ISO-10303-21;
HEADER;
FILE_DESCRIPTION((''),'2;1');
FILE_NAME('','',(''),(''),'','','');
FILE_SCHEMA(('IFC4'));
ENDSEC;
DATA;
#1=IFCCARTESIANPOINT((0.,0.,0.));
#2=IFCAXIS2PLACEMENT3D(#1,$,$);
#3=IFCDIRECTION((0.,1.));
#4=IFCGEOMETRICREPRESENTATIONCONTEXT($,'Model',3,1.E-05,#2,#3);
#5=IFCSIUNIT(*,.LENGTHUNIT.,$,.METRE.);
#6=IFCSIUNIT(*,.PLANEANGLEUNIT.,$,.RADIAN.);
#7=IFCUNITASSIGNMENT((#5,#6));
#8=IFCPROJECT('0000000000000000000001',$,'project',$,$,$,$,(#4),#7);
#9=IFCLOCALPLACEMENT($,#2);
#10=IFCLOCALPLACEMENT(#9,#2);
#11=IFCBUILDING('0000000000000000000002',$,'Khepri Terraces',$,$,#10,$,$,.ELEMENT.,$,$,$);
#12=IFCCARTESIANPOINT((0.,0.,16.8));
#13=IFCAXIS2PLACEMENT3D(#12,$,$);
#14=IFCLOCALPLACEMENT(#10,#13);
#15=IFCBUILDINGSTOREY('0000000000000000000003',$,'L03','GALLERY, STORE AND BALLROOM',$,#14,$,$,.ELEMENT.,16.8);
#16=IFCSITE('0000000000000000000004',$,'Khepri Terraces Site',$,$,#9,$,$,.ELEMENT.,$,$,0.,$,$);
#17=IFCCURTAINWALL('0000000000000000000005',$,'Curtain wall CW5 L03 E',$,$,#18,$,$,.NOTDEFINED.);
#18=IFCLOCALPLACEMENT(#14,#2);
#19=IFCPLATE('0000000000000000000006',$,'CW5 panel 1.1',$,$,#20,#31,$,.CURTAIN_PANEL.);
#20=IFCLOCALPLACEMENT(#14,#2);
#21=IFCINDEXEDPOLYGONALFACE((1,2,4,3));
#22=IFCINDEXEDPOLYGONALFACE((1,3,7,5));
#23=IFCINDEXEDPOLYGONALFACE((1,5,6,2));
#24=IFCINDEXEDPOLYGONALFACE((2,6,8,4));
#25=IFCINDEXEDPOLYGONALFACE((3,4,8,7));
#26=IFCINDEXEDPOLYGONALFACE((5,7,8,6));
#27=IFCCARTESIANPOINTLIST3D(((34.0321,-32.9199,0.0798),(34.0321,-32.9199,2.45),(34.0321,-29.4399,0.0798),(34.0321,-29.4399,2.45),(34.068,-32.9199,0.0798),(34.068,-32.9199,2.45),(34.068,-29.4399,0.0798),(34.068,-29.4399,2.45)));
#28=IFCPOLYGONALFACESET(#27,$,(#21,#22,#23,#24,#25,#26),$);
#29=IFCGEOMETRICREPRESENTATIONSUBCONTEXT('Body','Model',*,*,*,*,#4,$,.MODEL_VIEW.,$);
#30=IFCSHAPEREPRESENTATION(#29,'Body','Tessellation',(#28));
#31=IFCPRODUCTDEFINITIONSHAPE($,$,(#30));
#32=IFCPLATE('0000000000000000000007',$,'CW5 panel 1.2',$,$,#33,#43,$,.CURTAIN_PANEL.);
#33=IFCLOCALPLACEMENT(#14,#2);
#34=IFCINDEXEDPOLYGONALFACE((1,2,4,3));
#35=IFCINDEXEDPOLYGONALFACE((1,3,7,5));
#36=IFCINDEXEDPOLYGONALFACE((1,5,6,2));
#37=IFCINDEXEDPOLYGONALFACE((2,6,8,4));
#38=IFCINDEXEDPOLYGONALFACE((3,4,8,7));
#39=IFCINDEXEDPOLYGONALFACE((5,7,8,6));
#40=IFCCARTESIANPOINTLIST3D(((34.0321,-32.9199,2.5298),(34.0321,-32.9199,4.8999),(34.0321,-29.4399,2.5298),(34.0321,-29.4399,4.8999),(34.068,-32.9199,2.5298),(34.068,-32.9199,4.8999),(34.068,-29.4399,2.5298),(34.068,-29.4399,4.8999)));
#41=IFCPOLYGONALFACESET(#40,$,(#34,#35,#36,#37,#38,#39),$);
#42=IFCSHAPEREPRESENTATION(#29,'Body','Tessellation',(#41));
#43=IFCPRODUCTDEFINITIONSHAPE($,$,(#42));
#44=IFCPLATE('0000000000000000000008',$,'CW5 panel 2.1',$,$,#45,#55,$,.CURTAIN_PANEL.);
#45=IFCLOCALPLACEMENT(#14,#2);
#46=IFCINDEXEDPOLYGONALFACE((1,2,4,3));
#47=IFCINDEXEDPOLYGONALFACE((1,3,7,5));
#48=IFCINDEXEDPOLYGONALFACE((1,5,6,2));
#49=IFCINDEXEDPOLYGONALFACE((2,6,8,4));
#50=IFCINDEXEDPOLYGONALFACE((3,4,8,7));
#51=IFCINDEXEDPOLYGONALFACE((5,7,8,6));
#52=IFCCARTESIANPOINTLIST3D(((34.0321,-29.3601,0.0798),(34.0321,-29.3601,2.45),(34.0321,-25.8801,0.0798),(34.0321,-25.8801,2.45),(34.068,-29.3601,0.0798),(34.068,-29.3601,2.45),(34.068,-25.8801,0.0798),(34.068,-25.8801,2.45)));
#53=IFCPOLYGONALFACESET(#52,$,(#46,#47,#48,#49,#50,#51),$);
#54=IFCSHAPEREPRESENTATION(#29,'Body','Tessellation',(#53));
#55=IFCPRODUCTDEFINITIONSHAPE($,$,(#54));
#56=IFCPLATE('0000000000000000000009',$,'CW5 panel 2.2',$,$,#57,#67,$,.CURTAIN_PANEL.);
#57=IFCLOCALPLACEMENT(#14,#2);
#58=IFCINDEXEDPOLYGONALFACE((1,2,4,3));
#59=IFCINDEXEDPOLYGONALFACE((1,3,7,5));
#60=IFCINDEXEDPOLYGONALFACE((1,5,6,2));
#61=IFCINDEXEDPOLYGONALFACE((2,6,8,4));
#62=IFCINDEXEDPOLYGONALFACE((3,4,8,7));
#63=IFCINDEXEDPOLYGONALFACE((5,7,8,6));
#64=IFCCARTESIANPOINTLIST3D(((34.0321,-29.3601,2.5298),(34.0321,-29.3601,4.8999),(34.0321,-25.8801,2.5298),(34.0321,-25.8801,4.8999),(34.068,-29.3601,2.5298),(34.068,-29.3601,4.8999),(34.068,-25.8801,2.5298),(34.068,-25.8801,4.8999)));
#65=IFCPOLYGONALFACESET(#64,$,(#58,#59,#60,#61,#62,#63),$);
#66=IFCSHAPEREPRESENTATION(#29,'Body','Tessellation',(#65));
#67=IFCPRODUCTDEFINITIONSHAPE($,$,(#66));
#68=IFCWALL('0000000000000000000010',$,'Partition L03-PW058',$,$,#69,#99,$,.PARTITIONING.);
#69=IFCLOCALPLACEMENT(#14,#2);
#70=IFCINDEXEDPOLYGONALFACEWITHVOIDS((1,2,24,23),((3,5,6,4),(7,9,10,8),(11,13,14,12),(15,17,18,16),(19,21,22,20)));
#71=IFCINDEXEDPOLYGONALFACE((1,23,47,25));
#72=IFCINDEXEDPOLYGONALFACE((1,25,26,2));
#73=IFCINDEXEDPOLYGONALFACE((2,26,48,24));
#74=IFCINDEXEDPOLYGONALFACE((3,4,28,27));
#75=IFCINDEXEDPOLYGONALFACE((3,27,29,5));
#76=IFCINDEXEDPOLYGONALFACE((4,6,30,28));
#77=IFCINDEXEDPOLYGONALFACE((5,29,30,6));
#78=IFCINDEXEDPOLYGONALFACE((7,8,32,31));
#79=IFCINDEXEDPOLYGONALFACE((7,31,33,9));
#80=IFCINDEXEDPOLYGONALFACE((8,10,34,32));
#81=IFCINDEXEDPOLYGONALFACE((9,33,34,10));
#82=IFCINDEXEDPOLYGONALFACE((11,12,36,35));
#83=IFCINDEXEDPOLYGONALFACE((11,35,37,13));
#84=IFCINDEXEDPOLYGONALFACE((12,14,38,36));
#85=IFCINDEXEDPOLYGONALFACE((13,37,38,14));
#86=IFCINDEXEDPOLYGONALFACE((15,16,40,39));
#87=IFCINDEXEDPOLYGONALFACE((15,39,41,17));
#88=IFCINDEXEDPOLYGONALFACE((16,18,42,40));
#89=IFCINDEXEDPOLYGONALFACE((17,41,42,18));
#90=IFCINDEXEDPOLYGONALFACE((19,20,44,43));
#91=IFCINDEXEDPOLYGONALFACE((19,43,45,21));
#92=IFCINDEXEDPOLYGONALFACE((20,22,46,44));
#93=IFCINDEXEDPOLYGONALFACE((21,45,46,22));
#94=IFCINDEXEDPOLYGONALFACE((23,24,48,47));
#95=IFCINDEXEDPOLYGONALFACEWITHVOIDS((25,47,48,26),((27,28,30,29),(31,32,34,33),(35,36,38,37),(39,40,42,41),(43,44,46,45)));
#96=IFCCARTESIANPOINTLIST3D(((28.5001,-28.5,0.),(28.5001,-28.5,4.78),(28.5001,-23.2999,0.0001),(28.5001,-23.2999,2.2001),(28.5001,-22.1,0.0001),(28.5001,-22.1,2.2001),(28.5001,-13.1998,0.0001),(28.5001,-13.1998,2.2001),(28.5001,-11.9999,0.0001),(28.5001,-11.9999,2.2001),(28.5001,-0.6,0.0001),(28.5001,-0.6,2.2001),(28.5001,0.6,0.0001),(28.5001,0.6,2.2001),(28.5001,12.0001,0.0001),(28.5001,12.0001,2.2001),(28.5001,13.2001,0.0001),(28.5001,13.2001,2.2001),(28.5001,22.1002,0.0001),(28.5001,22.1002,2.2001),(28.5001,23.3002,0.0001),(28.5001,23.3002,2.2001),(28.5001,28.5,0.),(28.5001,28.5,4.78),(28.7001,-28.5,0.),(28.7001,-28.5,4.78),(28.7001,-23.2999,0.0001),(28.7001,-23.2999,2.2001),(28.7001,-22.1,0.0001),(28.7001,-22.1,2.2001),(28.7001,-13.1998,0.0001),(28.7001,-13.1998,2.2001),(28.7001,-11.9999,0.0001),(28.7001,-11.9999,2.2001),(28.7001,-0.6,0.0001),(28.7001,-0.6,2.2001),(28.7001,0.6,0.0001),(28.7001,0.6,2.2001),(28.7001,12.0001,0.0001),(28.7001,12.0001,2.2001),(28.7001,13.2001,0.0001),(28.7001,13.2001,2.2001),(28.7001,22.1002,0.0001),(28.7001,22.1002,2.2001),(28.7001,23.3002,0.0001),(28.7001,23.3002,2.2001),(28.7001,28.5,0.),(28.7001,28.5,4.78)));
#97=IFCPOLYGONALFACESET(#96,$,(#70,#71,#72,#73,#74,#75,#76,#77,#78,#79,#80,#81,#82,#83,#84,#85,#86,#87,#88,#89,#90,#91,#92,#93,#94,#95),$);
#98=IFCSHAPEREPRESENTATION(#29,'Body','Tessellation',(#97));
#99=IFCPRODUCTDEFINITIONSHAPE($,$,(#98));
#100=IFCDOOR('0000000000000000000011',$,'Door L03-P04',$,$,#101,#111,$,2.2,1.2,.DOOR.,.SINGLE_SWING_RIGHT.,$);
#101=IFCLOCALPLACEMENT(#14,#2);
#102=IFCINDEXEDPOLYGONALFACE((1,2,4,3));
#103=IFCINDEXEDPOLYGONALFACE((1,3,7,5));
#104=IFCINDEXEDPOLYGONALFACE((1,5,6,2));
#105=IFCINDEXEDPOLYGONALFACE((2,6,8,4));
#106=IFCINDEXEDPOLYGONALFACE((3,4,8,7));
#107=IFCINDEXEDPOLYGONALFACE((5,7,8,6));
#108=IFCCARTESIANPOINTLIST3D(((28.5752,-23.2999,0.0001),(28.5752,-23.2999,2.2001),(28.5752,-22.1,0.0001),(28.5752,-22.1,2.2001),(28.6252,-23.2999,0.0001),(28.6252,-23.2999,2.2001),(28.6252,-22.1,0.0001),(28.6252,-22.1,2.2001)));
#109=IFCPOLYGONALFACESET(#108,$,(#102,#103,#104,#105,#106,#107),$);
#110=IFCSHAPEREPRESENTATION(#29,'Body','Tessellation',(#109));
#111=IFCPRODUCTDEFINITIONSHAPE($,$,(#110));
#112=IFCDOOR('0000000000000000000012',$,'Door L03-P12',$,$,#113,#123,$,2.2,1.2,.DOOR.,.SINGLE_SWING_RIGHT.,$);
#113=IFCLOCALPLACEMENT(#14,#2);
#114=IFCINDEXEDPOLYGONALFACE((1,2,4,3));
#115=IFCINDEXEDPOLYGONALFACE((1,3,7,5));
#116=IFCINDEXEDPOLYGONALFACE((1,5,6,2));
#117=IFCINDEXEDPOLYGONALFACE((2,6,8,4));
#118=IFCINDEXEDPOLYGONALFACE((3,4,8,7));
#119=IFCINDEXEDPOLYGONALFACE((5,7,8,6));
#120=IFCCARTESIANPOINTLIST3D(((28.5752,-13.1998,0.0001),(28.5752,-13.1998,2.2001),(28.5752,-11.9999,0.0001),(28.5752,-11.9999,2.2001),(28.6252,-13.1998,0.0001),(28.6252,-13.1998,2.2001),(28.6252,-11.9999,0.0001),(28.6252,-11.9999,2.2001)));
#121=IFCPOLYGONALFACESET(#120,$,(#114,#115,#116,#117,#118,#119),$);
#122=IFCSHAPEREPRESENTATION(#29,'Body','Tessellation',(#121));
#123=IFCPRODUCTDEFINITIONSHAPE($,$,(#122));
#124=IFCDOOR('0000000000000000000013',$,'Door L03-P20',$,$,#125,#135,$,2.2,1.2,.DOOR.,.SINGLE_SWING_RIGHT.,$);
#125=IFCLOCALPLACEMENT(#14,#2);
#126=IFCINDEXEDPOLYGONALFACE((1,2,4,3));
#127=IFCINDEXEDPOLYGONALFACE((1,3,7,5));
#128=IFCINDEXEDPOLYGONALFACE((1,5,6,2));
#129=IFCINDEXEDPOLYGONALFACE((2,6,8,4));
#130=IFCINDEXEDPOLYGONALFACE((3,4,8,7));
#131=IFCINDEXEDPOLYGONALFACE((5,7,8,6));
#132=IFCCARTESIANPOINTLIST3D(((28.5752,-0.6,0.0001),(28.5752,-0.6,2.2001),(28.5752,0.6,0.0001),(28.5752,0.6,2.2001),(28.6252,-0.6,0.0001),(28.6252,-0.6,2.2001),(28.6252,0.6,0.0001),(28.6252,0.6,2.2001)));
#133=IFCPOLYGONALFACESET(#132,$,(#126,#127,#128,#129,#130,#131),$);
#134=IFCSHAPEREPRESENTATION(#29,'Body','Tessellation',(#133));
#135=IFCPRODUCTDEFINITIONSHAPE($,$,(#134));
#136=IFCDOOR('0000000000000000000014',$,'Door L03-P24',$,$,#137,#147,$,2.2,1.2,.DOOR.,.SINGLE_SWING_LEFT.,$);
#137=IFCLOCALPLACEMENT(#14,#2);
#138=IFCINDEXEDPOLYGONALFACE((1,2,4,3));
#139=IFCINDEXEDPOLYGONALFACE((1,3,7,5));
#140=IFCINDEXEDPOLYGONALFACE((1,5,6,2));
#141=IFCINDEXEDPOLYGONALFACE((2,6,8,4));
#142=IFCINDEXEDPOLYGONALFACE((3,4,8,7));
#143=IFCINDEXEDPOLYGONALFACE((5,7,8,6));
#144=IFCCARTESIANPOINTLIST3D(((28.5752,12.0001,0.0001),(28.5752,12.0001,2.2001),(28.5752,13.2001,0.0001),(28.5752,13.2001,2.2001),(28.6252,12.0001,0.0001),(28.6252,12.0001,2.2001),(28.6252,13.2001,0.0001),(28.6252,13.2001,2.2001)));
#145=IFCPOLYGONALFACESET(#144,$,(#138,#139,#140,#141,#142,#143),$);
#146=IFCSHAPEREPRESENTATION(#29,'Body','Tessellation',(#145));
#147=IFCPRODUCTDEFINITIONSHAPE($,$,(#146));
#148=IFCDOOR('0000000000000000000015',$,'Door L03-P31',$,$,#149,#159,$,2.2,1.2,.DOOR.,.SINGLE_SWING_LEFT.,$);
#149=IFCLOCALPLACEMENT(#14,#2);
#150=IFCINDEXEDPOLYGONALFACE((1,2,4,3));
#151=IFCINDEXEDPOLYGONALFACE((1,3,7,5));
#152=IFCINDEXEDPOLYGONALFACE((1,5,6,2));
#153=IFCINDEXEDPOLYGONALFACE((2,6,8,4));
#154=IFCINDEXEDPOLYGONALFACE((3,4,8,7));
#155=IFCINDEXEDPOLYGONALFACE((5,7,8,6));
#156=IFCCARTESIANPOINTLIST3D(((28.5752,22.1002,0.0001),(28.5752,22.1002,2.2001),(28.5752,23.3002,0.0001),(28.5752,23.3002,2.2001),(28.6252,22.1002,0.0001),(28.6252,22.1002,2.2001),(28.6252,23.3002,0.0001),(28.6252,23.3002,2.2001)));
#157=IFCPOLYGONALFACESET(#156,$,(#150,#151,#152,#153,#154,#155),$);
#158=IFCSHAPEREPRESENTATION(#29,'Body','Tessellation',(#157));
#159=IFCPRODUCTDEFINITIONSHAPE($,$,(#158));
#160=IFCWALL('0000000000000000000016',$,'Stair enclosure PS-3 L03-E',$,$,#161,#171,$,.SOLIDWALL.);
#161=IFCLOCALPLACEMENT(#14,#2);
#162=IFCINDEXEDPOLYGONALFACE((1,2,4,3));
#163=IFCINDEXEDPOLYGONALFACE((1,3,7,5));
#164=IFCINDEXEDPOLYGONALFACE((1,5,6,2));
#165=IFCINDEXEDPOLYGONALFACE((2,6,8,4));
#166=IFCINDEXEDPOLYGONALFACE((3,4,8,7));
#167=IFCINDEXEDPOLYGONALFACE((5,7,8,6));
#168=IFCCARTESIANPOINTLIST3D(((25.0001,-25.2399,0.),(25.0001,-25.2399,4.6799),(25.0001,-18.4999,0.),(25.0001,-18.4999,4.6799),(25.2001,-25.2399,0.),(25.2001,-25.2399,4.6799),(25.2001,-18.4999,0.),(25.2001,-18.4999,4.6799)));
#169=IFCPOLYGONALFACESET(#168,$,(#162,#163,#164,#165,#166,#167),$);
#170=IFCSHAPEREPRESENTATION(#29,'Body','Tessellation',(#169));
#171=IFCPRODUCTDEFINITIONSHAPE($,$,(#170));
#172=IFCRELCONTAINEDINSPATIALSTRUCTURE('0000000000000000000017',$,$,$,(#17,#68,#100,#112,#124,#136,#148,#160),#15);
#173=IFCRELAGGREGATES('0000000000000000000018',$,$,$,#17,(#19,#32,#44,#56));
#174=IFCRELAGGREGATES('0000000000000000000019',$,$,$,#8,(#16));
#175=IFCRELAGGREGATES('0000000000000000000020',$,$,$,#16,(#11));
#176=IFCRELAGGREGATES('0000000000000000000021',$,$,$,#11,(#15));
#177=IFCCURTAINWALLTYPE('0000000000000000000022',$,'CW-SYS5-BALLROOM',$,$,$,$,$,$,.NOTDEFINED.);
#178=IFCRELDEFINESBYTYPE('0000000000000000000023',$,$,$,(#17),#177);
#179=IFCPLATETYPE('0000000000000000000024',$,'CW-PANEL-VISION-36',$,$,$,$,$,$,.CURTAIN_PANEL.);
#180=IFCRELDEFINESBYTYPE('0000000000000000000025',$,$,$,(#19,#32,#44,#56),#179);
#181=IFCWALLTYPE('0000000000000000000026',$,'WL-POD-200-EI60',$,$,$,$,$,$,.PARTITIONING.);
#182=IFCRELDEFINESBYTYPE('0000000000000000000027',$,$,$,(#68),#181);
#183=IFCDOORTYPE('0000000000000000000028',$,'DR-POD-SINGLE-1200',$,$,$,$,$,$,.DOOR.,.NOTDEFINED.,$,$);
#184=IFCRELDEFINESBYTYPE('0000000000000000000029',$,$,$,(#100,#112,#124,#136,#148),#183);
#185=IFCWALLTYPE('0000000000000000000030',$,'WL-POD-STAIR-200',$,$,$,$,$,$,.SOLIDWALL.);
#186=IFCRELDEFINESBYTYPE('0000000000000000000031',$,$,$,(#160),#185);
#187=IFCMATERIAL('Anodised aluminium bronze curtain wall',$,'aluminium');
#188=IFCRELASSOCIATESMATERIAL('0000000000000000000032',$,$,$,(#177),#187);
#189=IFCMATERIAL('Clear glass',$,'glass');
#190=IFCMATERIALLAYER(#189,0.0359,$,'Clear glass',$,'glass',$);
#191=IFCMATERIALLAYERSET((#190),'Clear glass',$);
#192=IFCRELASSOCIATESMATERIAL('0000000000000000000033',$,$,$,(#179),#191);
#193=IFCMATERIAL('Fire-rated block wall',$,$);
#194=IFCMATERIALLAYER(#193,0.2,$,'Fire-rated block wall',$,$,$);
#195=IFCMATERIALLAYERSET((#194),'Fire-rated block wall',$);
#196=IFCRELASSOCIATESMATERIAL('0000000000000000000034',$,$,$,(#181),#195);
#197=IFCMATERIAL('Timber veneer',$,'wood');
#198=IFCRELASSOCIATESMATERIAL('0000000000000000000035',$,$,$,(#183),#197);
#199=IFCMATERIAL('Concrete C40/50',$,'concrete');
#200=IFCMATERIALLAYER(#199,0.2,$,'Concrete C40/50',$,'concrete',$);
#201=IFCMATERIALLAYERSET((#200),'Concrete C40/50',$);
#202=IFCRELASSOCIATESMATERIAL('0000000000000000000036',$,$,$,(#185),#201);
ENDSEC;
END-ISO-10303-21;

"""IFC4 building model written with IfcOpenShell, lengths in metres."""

from ifc_helpers import new_model, si_unit, direction, frame, frame_2d, origin, origin_2d, place, context, subcontext, project, spatial, rectangle, extrude, material, layer, layer_set, type_object, element, fill, aggregate, save


model = new_model("IFC4")

# Units and contexts
model_context = context("Model", 3, precision=1e-05, world=origin(), true_north=direction((0.0, 1.0)))
body_context = subcontext(model_context, "Body", "Model", "MODEL_VIEW")
ifc_project = project(units=[si_unit("LENGTHUNIT", "METRE"), si_unit("PLANEANGLEUNIT", "RADIAN")], contexts=[model_context])

# Site, building, storey
site_placement = place(None, origin())
site = spatial("IfcSite", under=ifc_project, at=site_placement, Name="Khepri Terraces Site", CompositionType="ELEMENT", RefElevation=0.0)
building_placement = place(site_placement, origin())
building = spatial("IfcBuilding", under=site, at=building_placement, Name="Khepri Terraces", CompositionType="ELEMENT")
storey_placement = place(building_placement, frame((0.0, 0.0, 16.8)))
storey = spatial("IfcBuildingStorey", under=building, at=storey_placement, Name="L03", Description="GALLERY, STORE AND BALLROOM", CompositionType="ELEMENT", Elevation=16.8)

# Curtain wall
ifc_material_1 = material(Name="Anodised aluminium bronze curtain wall", Category="aluminium")
curtain_wall_type = type_object("IfcCurtainWallType", Name="CW-SYS5-BALLROOM", PredefinedType="NOTDEFINED", material=ifc_material_1)
curtain_wall_placement = place(storey_placement, origin())
curtain_wall = element("IfcCurtainWall", 1, at=curtain_wall_placement, inside=storey, type_object=curtain_wall_type, Name="Curtain wall CW5 L03 E", PredefinedType="NOTDEFINED")

# Plates
ifc_material_2 = material(Name="Clear glass", Category="glass")
ifc_layer_1 = layer(ifc_material_2, 0.0359, Name="Clear glass", Category="glass")
ifc_layer_set_1 = layer_set([ifc_layer_1], Name="Clear glass")
plate_type = type_object("IfcPlateType", Name="CW-PANEL-VISION-36", PredefinedType="CURTAIN_PANEL", material=ifc_layer_set_1)
plate_1_placement = place(storey_placement, frame((34.05, -31.1799, 0.0798), z_axis=(0.0, 0.0, 1.0), x_axis=(0.0, 1.0, 0.0)))
plate_1 = element("IfcPlate", 2, at=plate_1_placement, type_object=plate_type, Name="CW5 panel 1.1", PredefinedType="CURTAIN_PANEL", context=body_context, shape_type="SweptSolid", body=[
    extrude(rectangle(XDim=3.48, YDim=0.0359, at=origin_2d()), origin(), (0.0, 0.0, 1.0), 2.3701),
])
plate_2_placement = place(storey_placement, frame((34.05, -31.1799, 2.5298), z_axis=(0.0, 0.0, 1.0), x_axis=(0.0, 1.0, 0.0)))
plate_2 = element("IfcPlate", 3, at=plate_2_placement, type_object=plate_type, Name="CW5 panel 1.2", PredefinedType="CURTAIN_PANEL", context=body_context, shape_type="SweptSolid", body=[
    extrude(rectangle(XDim=3.48, YDim=0.0359, at=origin_2d()), origin(), (0.0, 0.0, 1.0), 2.3701),
])
plate_3_placement = place(storey_placement, frame((34.05, -27.6201, 0.0798), z_axis=(0.0, 0.0, 1.0), x_axis=(0.0, 1.0, 0.0)))
plate_3 = element("IfcPlate", 4, at=plate_3_placement, type_object=plate_type, Name="CW5 panel 2.1", PredefinedType="CURTAIN_PANEL", context=body_context, shape_type="SweptSolid", body=[
    extrude(rectangle(XDim=3.48, YDim=0.0359, at=origin_2d()), origin(), (0.0, 0.0, 1.0), 2.3701),
])
plate_4_placement = place(storey_placement, frame((34.05, -27.6201, 2.5298), z_axis=(0.0, 0.0, 1.0), x_axis=(0.0, 1.0, 0.0)))
plate_4 = element("IfcPlate", 5, at=plate_4_placement, type_object=plate_type, Name="CW5 panel 2.2", PredefinedType="CURTAIN_PANEL", context=body_context, shape_type="SweptSolid", body=[
    extrude(rectangle(XDim=3.48, YDim=0.0359, at=origin_2d()), origin(), (0.0, 0.0, 1.0), 2.3701),
])
aggregate(curtain_wall, [plate_1, plate_2, plate_3, plate_4])

# Wall, openings, doors
ifc_material_3 = material(Name="Fire-rated block wall")
ifc_layer_2 = layer(ifc_material_3, 0.2, Name="Fire-rated block wall")
ifc_layer_set_2 = layer_set([ifc_layer_2], Name="Fire-rated block wall")
wall_type_1 = type_object("IfcWallType", Name="WL-POD-200-EI60", PredefinedType="PARTITIONING", material=ifc_layer_set_2)
wall_1_placement = place(storey_placement, frame((28.6001, -28.5, 0.0), z_axis=(0.0, 0.0, 1.0), x_axis=(0.0, 1.0, 0.0)))
wall_1 = element("IfcWall", 6, at=wall_1_placement, inside=storey, type_object=wall_type_1, Name="Partition L03-PW058", PredefinedType="PARTITIONING", context=body_context, shape_type="SweptSolid", body=[
    extrude(rectangle(XDim=57.0, YDim=0.2, at=frame_2d((28.5, 0.0))), origin(), (0.0, 0.0, 1.0), 4.78),
])
opening_1_placement = place(wall_1_placement, frame((5.2, 0.0, 0.0)))
opening_1 = element("IfcOpeningElement", 7, at=opening_1_placement, cuts=wall_1, PredefinedType="OPENING", context=body_context, shape_type="SweptSolid", body=[
    extrude(rectangle(XDim=1.2, YDim=2.2, at=frame_2d((0.6001, 1.1001))), frame((0.0, 0.1099, 0.0), z_axis=(0.0, -1.0, 0.0), x_axis=(1.0, 0.0, 0.0)), (0.0, 0.0, 1.0), 0.22),
])
opening_2_placement = place(wall_1_placement, frame((15.3, 0.0, 0.0)))
opening_2 = element("IfcOpeningElement", 8, at=opening_2_placement, cuts=wall_1, PredefinedType="OPENING", context=body_context, shape_type="SweptSolid", body=[
    extrude(rectangle(XDim=1.2, YDim=2.2, at=frame_2d((0.6001, 1.1001))), frame((0.0, 0.1099, 0.0), z_axis=(0.0, -1.0, 0.0), x_axis=(1.0, 0.0, 0.0)), (0.0, 0.0, 1.0), 0.22),
])
opening_3_placement = place(wall_1_placement, frame((27.8999, 0.0, 0.0)))
opening_3 = element("IfcOpeningElement", 9, at=opening_3_placement, cuts=wall_1, PredefinedType="OPENING", context=body_context, shape_type="SweptSolid", body=[
    extrude(rectangle(XDim=1.2, YDim=2.2, at=frame_2d((0.6001, 1.1001))), frame((0.0, 0.1099, 0.0), z_axis=(0.0, -1.0, 0.0), x_axis=(1.0, 0.0, 0.0)), (0.0, 0.0, 1.0), 0.22),
])
opening_4_placement = place(wall_1_placement, frame((40.5, 0.0, 0.0)))
opening_4 = element("IfcOpeningElement", 10, at=opening_4_placement, cuts=wall_1, PredefinedType="OPENING", context=body_context, shape_type="SweptSolid", body=[
    extrude(rectangle(XDim=1.2, YDim=2.2, at=frame_2d((0.6001, 1.1001))), frame((0.0, 0.1099, 0.0), z_axis=(0.0, -1.0, 0.0), x_axis=(1.0, 0.0, 0.0)), (0.0, 0.0, 1.0), 0.22),
])
opening_5_placement = place(wall_1_placement, frame((50.6001, 0.0, 0.0)))
opening_5 = element("IfcOpeningElement", 11, at=opening_5_placement, cuts=wall_1, PredefinedType="OPENING", context=body_context, shape_type="SweptSolid", body=[
    extrude(rectangle(XDim=1.2, YDim=2.2, at=frame_2d((0.6001, 1.1001))), frame((0.0, 0.1099, 0.0), z_axis=(0.0, -1.0, 0.0), x_axis=(1.0, 0.0, 0.0)), (0.0, 0.0, 1.0), 0.22),
])
ifc_material_4 = material(Name="Timber veneer", Category="wood")
door_type = type_object("IfcDoorType", Name="DR-POD-SINGLE-1200", OperationType="NOTDEFINED", PredefinedType="DOOR", material=ifc_material_4)
door_1_placement = place(opening_1_placement, origin())
door_1 = element("IfcDoor", 12, at=door_1_placement, inside=storey, type_object=door_type, Name="Door L03-P04", OperationType="SINGLE_SWING_RIGHT", OverallHeight=2.2, OverallWidth=1.2, PredefinedType="DOOR", context=body_context, shape_type="SweptSolid", body=[
    extrude(rectangle(XDim=1.2, YDim=2.2, at=frame_2d((0.6001, 1.1001))), frame((0.0, 0.0249, 0.0), z_axis=(0.0, -1.0, 0.0), x_axis=(1.0, 0.0, 0.0)), (0.0, 0.0, 1.0), 0.05),
])
fill(opening_1, door_1)
door_2_placement = place(opening_2_placement, origin())
door_2 = element("IfcDoor", 13, at=door_2_placement, inside=storey, type_object=door_type, Name="Door L03-P12", OperationType="SINGLE_SWING_RIGHT", OverallHeight=2.2, OverallWidth=1.2, PredefinedType="DOOR", context=body_context, shape_type="SweptSolid", body=[
    extrude(rectangle(XDim=1.2, YDim=2.2, at=frame_2d((0.6001, 1.1001))), frame((0.0, 0.0249, 0.0), z_axis=(0.0, -1.0, 0.0), x_axis=(1.0, 0.0, 0.0)), (0.0, 0.0, 1.0), 0.05),
])
fill(opening_2, door_2)
door_3_placement = place(opening_3_placement, origin())
door_3 = element("IfcDoor", 14, at=door_3_placement, inside=storey, type_object=door_type, Name="Door L03-P20", OperationType="SINGLE_SWING_RIGHT", OverallHeight=2.2, OverallWidth=1.2, PredefinedType="DOOR", context=body_context, shape_type="SweptSolid", body=[
    extrude(rectangle(XDim=1.2, YDim=2.2, at=frame_2d((0.6001, 1.1001))), frame((0.0, 0.0249, 0.0), z_axis=(0.0, -1.0, 0.0), x_axis=(1.0, 0.0, 0.0)), (0.0, 0.0, 1.0), 0.05),
])
fill(opening_3, door_3)
door_4_placement = place(opening_4_placement, origin())
door_4 = element("IfcDoor", 15, at=door_4_placement, inside=storey, type_object=door_type, Name="Door L03-P24", OperationType="SINGLE_SWING_LEFT", OverallHeight=2.2, OverallWidth=1.2, PredefinedType="DOOR", context=body_context, shape_type="SweptSolid", body=[
    extrude(rectangle(XDim=1.2, YDim=2.2, at=frame_2d((0.6001, 1.1001))), frame((0.0, 0.0249, 0.0), z_axis=(0.0, -1.0, 0.0), x_axis=(1.0, 0.0, 0.0)), (0.0, 0.0, 1.0), 0.05),
])
fill(opening_4, door_4)
door_5_placement = place(opening_5_placement, origin())
door_5 = element("IfcDoor", 16, at=door_5_placement, inside=storey, type_object=door_type, Name="Door L03-P31", OperationType="SINGLE_SWING_LEFT", OverallHeight=2.2, OverallWidth=1.2, PredefinedType="DOOR", context=body_context, shape_type="SweptSolid", body=[
    extrude(rectangle(XDim=1.2, YDim=2.2, at=frame_2d((0.6001, 1.1001))), frame((0.0, 0.0249, 0.0), z_axis=(0.0, -1.0, 0.0), x_axis=(1.0, 0.0, 0.0)), (0.0, 0.0, 1.0), 0.05),
])
fill(opening_5, door_5)

# Wall
ifc_material_5 = material(Name="Concrete C40/50", Category="concrete")
ifc_layer_3 = layer(ifc_material_5, 0.2, Name="Concrete C40/50", Category="concrete")
ifc_layer_set_3 = layer_set([ifc_layer_3], Name="Concrete C40/50")
wall_type_2 = type_object("IfcWallType", Name="WL-POD-STAIR-200", PredefinedType="SOLIDWALL", material=ifc_layer_set_3)
wall_2_placement = place(storey_placement, frame((25.1001, -25.24, 0.0), z_axis=(0.0, 0.0, 1.0), x_axis=(0.0, 1.0, 0.0)))
element("IfcWall", 17, at=wall_2_placement, inside=storey, type_object=wall_type_2, Name="Stair enclosure PS-3 L03-E", PredefinedType="SOLIDWALL", context=body_context, shape_type="SweptSolid", body=[
    extrude(rectangle(XDim=6.74, YDim=0.2, at=frame_2d((3.3701, 0.0))), origin(), (0.0, 0.0, 1.0), 4.6799),
])

save(model, "model.ifc")
